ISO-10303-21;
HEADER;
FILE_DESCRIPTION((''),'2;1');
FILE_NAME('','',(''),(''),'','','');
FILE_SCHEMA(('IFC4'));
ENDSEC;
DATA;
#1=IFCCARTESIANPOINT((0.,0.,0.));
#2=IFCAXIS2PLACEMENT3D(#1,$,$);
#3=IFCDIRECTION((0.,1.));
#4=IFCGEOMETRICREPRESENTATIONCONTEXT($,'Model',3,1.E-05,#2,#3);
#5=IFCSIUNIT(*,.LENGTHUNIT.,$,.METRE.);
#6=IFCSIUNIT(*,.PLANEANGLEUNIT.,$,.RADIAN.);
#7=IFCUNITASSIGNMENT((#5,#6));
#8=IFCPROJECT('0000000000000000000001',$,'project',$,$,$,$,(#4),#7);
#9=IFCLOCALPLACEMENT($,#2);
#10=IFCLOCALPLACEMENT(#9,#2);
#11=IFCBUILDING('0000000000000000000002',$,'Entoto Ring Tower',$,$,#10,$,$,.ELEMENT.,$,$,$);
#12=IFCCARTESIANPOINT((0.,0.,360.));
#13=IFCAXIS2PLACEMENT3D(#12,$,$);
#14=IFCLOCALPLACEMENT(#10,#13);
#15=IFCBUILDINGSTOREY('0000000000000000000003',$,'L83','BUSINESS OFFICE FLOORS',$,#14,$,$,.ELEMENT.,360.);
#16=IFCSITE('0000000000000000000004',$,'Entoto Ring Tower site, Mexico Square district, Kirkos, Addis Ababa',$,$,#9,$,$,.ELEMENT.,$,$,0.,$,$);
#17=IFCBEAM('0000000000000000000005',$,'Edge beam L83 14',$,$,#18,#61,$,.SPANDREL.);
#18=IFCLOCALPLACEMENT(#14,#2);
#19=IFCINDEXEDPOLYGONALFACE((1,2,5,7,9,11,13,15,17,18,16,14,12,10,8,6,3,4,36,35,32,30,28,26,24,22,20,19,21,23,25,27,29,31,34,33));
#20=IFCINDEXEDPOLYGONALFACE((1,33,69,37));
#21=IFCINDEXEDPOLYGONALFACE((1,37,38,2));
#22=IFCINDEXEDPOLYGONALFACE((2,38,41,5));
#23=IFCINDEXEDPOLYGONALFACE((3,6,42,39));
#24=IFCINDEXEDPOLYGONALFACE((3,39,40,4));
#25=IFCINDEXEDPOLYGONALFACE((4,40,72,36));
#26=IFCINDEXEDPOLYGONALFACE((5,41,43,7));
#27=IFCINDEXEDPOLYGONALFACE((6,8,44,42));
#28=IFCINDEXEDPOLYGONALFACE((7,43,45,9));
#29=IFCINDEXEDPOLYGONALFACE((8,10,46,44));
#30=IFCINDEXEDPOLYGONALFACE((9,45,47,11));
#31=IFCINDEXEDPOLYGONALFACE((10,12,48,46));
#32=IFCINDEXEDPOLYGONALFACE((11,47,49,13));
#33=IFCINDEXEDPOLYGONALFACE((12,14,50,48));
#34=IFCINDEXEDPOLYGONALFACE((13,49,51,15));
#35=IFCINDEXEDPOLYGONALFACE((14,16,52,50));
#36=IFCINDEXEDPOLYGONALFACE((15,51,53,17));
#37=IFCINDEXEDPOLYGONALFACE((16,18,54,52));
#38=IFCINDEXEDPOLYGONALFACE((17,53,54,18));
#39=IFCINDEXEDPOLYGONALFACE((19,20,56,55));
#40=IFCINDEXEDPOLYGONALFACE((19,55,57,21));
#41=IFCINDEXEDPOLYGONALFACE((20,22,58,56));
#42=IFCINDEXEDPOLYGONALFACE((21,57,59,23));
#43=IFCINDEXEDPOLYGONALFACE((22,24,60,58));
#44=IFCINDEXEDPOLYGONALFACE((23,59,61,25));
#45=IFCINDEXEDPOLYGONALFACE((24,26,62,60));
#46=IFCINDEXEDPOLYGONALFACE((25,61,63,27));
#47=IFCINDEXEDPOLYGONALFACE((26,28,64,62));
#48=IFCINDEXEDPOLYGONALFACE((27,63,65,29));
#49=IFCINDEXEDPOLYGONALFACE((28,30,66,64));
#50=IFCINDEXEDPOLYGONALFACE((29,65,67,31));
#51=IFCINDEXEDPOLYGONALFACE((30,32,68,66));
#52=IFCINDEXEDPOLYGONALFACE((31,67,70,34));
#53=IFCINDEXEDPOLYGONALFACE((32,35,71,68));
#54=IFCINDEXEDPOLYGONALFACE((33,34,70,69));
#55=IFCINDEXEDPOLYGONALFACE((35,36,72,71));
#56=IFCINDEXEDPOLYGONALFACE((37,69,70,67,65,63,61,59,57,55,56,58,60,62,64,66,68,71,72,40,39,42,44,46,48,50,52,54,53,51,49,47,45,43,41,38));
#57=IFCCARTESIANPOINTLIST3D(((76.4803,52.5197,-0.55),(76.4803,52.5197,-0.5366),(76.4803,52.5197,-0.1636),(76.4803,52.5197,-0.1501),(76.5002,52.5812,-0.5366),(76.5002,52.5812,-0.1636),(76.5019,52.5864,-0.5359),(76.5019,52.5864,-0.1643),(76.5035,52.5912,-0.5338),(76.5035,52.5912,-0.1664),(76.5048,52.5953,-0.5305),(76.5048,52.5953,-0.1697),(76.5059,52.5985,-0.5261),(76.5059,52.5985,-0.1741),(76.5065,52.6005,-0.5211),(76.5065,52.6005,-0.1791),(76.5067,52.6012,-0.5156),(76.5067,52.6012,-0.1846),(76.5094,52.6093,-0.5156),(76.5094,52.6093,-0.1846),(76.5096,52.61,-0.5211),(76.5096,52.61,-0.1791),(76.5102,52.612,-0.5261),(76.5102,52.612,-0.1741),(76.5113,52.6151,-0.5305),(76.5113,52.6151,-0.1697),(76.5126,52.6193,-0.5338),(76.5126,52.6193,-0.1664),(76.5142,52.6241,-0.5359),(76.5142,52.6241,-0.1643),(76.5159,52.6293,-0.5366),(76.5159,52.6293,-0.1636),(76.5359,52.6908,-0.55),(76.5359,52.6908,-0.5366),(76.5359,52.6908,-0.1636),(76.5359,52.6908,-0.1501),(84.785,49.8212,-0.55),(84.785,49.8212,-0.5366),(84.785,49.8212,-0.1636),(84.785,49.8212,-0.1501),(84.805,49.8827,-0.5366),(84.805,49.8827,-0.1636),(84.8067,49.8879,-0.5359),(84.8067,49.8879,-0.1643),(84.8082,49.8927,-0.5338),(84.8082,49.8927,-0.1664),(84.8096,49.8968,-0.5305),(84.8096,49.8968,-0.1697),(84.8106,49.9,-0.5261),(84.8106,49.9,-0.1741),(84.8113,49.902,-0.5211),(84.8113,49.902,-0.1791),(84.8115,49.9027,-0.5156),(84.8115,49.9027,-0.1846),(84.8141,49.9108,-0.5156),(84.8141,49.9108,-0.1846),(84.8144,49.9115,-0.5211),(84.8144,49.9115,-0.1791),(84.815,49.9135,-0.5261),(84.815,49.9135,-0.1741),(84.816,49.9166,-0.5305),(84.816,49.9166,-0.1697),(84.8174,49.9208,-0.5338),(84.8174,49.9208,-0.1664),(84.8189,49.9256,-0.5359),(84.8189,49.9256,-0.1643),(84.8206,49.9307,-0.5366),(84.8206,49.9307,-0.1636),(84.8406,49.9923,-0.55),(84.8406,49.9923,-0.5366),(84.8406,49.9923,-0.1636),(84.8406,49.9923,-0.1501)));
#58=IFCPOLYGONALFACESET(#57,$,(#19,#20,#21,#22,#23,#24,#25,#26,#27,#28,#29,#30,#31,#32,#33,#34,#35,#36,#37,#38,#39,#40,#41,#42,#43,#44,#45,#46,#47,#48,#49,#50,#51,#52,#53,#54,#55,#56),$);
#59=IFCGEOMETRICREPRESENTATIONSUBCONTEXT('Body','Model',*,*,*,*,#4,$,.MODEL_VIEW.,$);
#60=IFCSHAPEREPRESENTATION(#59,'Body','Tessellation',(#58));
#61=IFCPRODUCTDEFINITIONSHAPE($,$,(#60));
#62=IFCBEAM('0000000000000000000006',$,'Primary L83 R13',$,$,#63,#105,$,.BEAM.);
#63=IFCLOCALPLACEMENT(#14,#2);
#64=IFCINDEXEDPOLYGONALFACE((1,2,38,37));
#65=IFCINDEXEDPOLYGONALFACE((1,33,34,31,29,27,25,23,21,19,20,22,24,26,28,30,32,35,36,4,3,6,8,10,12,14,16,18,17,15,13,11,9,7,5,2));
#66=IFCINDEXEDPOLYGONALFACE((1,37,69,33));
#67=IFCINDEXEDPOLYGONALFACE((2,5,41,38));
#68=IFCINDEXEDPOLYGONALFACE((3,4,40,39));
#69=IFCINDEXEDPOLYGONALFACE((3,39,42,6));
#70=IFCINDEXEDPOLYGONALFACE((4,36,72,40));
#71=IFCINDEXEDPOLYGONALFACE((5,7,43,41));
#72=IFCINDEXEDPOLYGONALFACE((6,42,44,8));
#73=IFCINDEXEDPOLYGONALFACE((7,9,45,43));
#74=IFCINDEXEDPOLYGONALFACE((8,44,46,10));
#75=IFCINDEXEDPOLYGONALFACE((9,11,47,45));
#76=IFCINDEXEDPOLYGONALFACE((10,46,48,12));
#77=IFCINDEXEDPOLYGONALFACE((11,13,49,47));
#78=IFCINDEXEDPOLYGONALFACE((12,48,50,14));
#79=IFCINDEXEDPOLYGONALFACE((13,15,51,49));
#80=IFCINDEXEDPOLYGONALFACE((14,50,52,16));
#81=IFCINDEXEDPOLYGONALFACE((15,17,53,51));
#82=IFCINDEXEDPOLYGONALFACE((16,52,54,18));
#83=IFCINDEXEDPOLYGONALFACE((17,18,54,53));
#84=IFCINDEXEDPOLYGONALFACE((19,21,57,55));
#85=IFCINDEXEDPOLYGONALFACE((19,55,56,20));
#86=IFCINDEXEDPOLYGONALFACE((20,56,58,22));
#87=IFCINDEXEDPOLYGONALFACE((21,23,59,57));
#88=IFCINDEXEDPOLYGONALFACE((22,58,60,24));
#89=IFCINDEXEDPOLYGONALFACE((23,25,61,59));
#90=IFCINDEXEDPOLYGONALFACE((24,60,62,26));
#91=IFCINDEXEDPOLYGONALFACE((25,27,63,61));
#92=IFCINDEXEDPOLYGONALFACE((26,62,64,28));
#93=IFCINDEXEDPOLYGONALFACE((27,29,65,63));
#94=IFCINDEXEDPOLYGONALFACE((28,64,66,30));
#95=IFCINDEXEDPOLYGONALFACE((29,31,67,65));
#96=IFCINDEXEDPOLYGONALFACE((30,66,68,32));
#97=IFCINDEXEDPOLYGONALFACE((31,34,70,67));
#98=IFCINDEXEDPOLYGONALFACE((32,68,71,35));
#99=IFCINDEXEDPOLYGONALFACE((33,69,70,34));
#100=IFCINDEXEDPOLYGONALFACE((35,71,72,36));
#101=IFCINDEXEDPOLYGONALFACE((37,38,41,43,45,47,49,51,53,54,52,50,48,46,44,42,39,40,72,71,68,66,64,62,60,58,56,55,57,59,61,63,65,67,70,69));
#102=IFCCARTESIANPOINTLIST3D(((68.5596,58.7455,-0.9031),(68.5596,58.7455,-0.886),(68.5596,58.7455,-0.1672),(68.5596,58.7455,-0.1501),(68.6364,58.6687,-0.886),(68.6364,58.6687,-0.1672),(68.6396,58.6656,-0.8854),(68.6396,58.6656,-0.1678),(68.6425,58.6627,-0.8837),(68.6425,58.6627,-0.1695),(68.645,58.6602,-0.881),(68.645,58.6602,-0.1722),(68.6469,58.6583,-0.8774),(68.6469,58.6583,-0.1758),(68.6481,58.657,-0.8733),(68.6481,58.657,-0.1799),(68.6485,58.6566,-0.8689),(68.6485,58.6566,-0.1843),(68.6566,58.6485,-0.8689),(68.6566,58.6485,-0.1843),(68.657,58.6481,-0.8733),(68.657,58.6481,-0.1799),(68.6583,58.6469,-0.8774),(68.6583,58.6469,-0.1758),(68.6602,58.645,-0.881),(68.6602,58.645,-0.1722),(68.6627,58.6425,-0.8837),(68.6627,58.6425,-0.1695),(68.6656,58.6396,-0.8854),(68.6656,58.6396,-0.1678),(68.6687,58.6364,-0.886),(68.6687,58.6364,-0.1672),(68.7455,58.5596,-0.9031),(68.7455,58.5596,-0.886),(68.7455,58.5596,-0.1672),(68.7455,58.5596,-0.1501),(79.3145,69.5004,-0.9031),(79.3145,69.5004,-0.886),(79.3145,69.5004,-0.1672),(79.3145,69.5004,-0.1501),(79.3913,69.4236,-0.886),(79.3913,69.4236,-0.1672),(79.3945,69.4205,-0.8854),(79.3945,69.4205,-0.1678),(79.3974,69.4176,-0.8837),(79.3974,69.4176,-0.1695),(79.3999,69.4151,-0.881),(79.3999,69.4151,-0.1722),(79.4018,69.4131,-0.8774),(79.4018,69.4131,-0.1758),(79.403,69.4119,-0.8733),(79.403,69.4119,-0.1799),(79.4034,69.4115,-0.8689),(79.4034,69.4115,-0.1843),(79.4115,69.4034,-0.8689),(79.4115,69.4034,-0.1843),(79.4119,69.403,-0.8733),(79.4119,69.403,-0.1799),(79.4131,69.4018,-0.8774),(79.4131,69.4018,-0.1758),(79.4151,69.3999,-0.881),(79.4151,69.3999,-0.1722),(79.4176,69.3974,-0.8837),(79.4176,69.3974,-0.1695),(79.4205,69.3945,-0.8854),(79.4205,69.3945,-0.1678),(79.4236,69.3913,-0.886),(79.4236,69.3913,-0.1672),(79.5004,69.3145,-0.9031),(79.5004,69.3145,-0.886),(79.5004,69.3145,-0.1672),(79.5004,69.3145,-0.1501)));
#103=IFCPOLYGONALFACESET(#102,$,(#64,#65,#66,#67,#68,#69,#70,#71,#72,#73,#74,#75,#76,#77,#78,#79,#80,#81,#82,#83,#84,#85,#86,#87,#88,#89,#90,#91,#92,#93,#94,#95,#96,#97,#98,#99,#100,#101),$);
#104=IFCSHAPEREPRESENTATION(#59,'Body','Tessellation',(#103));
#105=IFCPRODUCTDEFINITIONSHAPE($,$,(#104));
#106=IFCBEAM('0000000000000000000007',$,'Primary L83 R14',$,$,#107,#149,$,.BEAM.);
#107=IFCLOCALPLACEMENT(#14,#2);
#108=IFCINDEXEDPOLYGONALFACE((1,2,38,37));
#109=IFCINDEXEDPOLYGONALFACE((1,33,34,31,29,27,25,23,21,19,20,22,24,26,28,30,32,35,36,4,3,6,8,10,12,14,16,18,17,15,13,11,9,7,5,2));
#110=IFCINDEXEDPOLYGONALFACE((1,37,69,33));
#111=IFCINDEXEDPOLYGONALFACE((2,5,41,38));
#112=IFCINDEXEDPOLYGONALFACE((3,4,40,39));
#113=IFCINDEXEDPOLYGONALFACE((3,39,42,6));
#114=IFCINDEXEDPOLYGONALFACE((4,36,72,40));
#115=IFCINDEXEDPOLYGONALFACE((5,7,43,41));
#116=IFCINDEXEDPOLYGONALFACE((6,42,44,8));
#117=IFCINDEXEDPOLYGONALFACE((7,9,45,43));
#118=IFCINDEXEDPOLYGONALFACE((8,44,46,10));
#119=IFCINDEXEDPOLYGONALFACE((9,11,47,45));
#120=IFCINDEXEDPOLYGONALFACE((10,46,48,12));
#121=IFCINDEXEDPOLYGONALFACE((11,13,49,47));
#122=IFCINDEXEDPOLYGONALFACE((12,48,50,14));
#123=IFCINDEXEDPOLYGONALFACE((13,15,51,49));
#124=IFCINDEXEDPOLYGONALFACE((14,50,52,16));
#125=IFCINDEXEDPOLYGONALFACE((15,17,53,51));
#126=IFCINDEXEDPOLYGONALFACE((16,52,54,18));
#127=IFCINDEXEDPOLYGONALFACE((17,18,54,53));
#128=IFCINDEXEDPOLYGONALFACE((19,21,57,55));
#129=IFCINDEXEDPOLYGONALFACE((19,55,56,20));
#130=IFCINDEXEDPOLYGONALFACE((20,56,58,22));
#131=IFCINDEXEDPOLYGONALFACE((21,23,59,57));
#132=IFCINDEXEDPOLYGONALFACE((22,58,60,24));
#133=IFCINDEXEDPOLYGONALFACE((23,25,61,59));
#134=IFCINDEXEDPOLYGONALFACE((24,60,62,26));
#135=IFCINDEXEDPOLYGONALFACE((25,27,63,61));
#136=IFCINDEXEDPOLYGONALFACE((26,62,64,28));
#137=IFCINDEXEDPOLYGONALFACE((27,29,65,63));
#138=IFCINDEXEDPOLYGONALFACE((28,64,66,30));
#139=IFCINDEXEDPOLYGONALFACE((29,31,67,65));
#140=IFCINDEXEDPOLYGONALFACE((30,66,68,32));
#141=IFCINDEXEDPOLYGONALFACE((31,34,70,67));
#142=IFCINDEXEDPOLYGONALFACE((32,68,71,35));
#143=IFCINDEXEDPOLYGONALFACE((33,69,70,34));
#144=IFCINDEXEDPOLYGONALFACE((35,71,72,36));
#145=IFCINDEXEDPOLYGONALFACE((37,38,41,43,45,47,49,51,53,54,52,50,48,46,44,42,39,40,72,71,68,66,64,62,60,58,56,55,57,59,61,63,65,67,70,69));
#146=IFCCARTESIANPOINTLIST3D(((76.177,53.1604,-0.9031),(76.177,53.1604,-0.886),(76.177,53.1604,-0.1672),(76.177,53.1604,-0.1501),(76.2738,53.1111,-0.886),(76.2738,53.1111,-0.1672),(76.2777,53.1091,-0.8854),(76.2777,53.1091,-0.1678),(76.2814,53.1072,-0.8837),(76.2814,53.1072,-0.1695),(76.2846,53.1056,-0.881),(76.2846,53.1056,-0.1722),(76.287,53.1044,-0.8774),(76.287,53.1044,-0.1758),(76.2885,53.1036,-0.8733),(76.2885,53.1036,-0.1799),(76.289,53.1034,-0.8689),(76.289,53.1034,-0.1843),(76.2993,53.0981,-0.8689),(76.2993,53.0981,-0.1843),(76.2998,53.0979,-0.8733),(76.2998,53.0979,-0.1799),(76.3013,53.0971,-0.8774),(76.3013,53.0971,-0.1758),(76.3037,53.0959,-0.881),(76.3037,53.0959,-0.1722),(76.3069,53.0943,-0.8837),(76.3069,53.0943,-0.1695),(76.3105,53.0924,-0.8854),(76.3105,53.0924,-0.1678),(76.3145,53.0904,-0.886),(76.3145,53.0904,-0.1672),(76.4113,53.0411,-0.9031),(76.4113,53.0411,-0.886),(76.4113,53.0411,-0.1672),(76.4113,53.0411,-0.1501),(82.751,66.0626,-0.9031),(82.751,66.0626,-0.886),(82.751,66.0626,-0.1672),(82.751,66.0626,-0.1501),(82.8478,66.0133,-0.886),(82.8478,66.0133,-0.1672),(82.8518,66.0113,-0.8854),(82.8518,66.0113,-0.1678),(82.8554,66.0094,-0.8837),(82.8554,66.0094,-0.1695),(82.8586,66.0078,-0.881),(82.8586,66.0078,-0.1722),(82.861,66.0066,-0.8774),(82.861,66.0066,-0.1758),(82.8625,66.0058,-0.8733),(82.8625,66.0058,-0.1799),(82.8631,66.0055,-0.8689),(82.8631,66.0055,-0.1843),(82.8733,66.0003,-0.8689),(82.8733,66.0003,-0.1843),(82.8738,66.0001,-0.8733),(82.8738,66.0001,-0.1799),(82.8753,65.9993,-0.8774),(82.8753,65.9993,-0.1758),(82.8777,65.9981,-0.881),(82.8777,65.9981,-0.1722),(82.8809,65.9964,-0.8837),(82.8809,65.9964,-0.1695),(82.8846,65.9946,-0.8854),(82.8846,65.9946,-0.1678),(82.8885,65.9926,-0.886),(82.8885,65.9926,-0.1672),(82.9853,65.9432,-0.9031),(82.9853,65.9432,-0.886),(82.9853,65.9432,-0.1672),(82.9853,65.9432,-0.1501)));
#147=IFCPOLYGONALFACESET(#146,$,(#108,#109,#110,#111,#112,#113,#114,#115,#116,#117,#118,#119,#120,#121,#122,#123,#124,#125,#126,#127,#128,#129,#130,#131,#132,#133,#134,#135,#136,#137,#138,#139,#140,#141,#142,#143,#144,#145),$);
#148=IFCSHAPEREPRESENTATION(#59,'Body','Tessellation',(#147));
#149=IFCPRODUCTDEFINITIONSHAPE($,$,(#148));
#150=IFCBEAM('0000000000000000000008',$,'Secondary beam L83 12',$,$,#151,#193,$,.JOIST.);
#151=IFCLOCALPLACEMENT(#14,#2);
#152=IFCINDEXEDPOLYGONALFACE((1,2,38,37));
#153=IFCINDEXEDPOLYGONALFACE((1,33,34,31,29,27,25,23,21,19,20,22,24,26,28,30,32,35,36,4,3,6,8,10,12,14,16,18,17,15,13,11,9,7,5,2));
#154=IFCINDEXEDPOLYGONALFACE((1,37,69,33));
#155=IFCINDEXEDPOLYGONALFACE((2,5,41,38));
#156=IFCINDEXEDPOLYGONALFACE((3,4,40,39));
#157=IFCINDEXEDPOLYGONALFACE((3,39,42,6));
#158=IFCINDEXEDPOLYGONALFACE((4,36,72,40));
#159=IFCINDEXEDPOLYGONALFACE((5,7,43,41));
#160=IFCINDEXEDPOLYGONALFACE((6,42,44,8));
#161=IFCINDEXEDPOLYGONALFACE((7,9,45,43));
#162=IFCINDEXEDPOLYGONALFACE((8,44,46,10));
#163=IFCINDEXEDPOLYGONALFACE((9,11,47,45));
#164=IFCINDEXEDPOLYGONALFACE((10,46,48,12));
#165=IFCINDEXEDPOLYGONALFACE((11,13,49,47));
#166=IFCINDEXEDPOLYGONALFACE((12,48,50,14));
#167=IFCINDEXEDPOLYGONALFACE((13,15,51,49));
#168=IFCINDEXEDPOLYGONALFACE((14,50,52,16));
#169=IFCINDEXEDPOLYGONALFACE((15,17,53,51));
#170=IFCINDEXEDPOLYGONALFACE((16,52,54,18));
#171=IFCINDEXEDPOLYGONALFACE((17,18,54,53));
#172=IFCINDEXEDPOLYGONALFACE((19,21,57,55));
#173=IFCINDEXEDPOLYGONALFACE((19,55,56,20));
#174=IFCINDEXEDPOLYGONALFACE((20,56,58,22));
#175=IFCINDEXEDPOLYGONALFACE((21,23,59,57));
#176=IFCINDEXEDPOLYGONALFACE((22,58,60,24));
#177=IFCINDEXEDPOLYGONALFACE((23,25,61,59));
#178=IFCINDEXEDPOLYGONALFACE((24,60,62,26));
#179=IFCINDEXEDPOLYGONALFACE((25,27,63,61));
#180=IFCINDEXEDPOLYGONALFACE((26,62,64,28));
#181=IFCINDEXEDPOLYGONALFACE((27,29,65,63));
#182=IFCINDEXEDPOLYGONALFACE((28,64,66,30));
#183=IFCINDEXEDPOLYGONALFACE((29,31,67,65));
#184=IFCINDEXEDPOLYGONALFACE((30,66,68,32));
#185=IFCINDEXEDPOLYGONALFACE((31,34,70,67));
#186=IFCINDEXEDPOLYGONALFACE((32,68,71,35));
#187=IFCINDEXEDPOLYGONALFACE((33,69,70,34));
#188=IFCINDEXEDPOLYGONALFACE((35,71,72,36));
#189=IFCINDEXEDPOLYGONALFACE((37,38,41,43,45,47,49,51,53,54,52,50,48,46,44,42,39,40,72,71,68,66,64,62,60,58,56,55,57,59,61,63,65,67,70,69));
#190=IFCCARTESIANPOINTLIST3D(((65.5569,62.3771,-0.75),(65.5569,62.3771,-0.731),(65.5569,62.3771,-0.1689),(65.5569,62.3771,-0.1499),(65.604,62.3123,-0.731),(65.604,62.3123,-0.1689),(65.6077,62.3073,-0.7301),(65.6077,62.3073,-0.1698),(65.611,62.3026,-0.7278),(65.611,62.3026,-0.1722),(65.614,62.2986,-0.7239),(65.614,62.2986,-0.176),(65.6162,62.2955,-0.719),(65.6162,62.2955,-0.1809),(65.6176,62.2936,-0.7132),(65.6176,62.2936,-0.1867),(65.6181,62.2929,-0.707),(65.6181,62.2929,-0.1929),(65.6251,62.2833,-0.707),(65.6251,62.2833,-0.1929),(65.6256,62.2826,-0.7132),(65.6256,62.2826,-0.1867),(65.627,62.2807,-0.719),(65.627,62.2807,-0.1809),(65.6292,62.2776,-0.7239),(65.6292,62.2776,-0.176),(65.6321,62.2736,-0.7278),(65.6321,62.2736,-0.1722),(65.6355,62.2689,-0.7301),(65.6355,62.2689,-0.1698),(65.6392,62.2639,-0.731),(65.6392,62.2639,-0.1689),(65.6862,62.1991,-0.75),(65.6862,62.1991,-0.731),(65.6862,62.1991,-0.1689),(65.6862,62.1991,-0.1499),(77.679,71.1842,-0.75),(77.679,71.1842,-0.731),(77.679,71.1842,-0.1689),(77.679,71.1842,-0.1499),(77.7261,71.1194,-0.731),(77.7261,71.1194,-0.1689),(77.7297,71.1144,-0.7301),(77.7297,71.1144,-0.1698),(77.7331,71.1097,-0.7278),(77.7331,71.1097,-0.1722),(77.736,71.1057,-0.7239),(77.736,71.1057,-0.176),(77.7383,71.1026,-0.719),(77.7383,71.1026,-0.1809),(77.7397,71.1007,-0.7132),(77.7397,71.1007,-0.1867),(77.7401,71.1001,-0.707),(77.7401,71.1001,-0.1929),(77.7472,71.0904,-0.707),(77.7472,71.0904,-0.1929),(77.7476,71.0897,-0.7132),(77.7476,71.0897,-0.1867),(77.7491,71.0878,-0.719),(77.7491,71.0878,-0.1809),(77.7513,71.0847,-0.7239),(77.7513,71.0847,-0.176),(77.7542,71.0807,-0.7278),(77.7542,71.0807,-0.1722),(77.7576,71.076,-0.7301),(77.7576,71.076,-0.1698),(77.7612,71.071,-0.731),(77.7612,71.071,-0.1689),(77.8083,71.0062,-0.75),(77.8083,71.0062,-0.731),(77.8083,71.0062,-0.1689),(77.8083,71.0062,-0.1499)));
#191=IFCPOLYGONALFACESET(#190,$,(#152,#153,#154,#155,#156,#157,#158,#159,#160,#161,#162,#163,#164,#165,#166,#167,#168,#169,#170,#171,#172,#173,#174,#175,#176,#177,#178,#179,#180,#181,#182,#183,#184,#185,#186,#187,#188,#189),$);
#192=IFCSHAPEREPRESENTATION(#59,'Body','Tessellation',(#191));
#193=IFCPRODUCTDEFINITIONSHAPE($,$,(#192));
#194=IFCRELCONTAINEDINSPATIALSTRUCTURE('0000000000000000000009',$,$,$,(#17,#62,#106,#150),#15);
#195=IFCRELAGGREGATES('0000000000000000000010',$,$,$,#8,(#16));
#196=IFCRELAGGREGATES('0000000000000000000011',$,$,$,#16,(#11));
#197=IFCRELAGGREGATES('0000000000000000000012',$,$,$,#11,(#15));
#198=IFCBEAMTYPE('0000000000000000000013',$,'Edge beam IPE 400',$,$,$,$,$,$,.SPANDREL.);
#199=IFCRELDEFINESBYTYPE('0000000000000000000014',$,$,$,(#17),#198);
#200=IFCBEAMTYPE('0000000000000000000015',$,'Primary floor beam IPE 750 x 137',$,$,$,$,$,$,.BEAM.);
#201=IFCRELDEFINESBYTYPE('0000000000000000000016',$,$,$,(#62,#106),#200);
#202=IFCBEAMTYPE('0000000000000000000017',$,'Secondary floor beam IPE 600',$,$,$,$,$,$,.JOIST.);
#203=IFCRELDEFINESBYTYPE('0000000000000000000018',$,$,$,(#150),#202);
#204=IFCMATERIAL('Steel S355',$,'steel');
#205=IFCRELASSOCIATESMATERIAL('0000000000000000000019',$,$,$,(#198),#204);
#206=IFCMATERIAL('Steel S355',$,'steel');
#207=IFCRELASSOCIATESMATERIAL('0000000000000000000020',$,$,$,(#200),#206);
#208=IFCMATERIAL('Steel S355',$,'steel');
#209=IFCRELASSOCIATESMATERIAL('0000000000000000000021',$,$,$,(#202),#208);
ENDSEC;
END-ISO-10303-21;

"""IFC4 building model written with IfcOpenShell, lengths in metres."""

from ifc_helpers import new_model, si_unit, direction, frame, origin, origin_2d, place, context, subcontext, project, spatial, i_section, extrude, material, material_profile, profile_set, type_object, element, save


model = new_model("IFC4")

# Units and contexts
model_context = context("Model", 3, precision=1e-05, world=origin(), true_north=direction((0.0, 1.0)))
body_context = subcontext(model_context, "Body", "Model", "MODEL_VIEW")
ifc_project = project(units=[si_unit("LENGTHUNIT", "METRE"), si_unit("PLANEANGLEUNIT", "RADIAN")], contexts=[model_context])

# Site, building, storey
site_placement = place(None, origin())
site = spatial("IfcSite", under=ifc_project, at=site_placement, Name="Entoto Ring Tower site, Mexico Square district, Kirkos, Addis Ababa", CompositionType="ELEMENT", RefElevation=0.0)
building_placement = place(site_placement, origin())
building = spatial("IfcBuilding", under=site, at=building_placement, Name="Entoto Ring Tower", CompositionType="ELEMENT")
storey_placement = place(building_placement, frame((0.0, 0.0, 360.0)))
storey = spatial("IfcBuildingStorey", under=building, at=storey_placement, Name="L83", Description="BUSINESS OFFICE FLOORS", CompositionType="ELEMENT", Elevation=360.0)

# Beams
ifc_material_1 = material(Name="Steel S355", Category="steel")
ifc_material_profile_1 = material_profile(ifc_material_1, i_section(OverallWidth=0.1799, OverallDepth=0.3999, WebThickness=0.0085, FlangeThickness=0.0134, FilletRadius=0.021, at=origin_2d()), Name="IPE 400")
ifc_profile_set_1 = profile_set([ifc_material_profile_1], Name="Steel S355")
beam_type_1 = type_object("IfcBeamType", Name="Edge beam IPE 400", PredefinedType="SPANDREL", material=ifc_profile_set_1)
beam_1_placement = place(storey_placement, frame((76.5081, 52.6052, -0.3501), z_axis=(0.951052, -0.30903, 0.0), x_axis=(0.30903, 0.951052, 0.0)))
element("IfcBeam", 1, at=beam_1_placement, inside=storey, type_object=beam_type_1, Name="Edge beam L83 14", PredefinedType="SPANDREL", context=body_context, shape_type="SweptSolid", body=[
    extrude(i_section(OverallWidth=0.1799, OverallDepth=0.3999, WebThickness=0.0085, FlangeThickness=0.0134, FilletRadius=0.021, at=origin_2d()), origin(), (0.0, 0.0, 1.0), 8.7322),
])
ifc_material_2 = material(Name="Steel S355", Category="steel")
ifc_material_profile_2 = material_profile(ifc_material_2, i_section(OverallWidth=0.2629, OverallDepth=0.7529, WebThickness=0.0115, FlangeThickness=0.0171, FilletRadius=0.0171, at=origin_2d()), Name="IPE 750 x 137")
ifc_profile_set_2 = profile_set([ifc_material_profile_2], Name="Steel S355")
beam_type_2 = type_object("IfcBeamType", Name="Primary floor beam IPE 750 x 137", PredefinedType="BEAM", material=ifc_profile_set_2)
beam_2_placement = place(storey_placement, frame((79.4075, 69.4075, -0.5266), z_axis=(-0.707107, -0.707107, 0.0), x_axis=(0.707107, -0.707107, 0.0)))
element("IfcBeam", 2, at=beam_2_placement, inside=storey, type_object=beam_type_2, Name="Primary L83 R13", PredefinedType="BEAM", context=body_context, shape_type="SweptSolid", body=[
    extrude(i_section(OverallWidth=0.2629, OverallDepth=0.7529, WebThickness=0.0115, FlangeThickness=0.0171, FilletRadius=0.0171, at=origin_2d()), origin(), (0.0, 0.0, 1.0), 15.2097),
])
beam_3_placement = place(storey_placement, frame((82.8682, 66.0029, -0.5266), z_axis=(-0.453992, -0.891006, 0.0), x_axis=(0.891006, -0.453992, 0.0)))
element("IfcBeam", 3, at=beam_3_placement, inside=storey, type_object=beam_type_2, Name="Primary L83 R14", PredefinedType="BEAM", context=body_context, shape_type="SweptSolid", body=[
    extrude(i_section(OverallWidth=0.2629, OverallDepth=0.7529, WebThickness=0.0115, FlangeThickness=0.0171, FilletRadius=0.0171, at=origin_2d()), origin(), (0.0, 0.0, 1.0), 14.4805),
])
ifc_material_3 = material(Name="Steel S355", Category="steel")
ifc_material_profile_3 = material_profile(ifc_material_3, i_section(OverallWidth=0.22, OverallDepth=0.6001, WebThickness=0.012, FlangeThickness=0.019, FilletRadius=0.0239, at=origin_2d()), Name="IPE 600")
ifc_profile_set_3 = profile_set([ifc_material_profile_3], Name="Steel S355")
beam_type_3 = type_object("IfcBeamType", Name="Secondary floor beam IPE 600", PredefinedType="JOIST", material=ifc_profile_set_3)
for number, where, z_axis, x_axis, name in (
    (4, (77.7437, 71.0952, -0.45), (-0.809019, -0.587782, 0.0), (0.587782, -0.809019, 0.0), "Secondary beam L83 12"),
):
    element("IfcBeam", number, at=place(storey_placement, frame(where, z_axis=z_axis, x_axis=x_axis)), inside=storey, type_object=beam_type_3, Name=name, PredefinedType="JOIST", context=body_context, shape_type="SweptSolid", body=[
        extrude(i_section(OverallWidth=0.22, OverallDepth=0.6001, WebThickness=0.012, FlangeThickness=0.019, FilletRadius=0.0239, at=origin_2d()), origin(), (0.0, 0.0, 1.0), 14.9836),
    ])

save(model, "model.ifc")
